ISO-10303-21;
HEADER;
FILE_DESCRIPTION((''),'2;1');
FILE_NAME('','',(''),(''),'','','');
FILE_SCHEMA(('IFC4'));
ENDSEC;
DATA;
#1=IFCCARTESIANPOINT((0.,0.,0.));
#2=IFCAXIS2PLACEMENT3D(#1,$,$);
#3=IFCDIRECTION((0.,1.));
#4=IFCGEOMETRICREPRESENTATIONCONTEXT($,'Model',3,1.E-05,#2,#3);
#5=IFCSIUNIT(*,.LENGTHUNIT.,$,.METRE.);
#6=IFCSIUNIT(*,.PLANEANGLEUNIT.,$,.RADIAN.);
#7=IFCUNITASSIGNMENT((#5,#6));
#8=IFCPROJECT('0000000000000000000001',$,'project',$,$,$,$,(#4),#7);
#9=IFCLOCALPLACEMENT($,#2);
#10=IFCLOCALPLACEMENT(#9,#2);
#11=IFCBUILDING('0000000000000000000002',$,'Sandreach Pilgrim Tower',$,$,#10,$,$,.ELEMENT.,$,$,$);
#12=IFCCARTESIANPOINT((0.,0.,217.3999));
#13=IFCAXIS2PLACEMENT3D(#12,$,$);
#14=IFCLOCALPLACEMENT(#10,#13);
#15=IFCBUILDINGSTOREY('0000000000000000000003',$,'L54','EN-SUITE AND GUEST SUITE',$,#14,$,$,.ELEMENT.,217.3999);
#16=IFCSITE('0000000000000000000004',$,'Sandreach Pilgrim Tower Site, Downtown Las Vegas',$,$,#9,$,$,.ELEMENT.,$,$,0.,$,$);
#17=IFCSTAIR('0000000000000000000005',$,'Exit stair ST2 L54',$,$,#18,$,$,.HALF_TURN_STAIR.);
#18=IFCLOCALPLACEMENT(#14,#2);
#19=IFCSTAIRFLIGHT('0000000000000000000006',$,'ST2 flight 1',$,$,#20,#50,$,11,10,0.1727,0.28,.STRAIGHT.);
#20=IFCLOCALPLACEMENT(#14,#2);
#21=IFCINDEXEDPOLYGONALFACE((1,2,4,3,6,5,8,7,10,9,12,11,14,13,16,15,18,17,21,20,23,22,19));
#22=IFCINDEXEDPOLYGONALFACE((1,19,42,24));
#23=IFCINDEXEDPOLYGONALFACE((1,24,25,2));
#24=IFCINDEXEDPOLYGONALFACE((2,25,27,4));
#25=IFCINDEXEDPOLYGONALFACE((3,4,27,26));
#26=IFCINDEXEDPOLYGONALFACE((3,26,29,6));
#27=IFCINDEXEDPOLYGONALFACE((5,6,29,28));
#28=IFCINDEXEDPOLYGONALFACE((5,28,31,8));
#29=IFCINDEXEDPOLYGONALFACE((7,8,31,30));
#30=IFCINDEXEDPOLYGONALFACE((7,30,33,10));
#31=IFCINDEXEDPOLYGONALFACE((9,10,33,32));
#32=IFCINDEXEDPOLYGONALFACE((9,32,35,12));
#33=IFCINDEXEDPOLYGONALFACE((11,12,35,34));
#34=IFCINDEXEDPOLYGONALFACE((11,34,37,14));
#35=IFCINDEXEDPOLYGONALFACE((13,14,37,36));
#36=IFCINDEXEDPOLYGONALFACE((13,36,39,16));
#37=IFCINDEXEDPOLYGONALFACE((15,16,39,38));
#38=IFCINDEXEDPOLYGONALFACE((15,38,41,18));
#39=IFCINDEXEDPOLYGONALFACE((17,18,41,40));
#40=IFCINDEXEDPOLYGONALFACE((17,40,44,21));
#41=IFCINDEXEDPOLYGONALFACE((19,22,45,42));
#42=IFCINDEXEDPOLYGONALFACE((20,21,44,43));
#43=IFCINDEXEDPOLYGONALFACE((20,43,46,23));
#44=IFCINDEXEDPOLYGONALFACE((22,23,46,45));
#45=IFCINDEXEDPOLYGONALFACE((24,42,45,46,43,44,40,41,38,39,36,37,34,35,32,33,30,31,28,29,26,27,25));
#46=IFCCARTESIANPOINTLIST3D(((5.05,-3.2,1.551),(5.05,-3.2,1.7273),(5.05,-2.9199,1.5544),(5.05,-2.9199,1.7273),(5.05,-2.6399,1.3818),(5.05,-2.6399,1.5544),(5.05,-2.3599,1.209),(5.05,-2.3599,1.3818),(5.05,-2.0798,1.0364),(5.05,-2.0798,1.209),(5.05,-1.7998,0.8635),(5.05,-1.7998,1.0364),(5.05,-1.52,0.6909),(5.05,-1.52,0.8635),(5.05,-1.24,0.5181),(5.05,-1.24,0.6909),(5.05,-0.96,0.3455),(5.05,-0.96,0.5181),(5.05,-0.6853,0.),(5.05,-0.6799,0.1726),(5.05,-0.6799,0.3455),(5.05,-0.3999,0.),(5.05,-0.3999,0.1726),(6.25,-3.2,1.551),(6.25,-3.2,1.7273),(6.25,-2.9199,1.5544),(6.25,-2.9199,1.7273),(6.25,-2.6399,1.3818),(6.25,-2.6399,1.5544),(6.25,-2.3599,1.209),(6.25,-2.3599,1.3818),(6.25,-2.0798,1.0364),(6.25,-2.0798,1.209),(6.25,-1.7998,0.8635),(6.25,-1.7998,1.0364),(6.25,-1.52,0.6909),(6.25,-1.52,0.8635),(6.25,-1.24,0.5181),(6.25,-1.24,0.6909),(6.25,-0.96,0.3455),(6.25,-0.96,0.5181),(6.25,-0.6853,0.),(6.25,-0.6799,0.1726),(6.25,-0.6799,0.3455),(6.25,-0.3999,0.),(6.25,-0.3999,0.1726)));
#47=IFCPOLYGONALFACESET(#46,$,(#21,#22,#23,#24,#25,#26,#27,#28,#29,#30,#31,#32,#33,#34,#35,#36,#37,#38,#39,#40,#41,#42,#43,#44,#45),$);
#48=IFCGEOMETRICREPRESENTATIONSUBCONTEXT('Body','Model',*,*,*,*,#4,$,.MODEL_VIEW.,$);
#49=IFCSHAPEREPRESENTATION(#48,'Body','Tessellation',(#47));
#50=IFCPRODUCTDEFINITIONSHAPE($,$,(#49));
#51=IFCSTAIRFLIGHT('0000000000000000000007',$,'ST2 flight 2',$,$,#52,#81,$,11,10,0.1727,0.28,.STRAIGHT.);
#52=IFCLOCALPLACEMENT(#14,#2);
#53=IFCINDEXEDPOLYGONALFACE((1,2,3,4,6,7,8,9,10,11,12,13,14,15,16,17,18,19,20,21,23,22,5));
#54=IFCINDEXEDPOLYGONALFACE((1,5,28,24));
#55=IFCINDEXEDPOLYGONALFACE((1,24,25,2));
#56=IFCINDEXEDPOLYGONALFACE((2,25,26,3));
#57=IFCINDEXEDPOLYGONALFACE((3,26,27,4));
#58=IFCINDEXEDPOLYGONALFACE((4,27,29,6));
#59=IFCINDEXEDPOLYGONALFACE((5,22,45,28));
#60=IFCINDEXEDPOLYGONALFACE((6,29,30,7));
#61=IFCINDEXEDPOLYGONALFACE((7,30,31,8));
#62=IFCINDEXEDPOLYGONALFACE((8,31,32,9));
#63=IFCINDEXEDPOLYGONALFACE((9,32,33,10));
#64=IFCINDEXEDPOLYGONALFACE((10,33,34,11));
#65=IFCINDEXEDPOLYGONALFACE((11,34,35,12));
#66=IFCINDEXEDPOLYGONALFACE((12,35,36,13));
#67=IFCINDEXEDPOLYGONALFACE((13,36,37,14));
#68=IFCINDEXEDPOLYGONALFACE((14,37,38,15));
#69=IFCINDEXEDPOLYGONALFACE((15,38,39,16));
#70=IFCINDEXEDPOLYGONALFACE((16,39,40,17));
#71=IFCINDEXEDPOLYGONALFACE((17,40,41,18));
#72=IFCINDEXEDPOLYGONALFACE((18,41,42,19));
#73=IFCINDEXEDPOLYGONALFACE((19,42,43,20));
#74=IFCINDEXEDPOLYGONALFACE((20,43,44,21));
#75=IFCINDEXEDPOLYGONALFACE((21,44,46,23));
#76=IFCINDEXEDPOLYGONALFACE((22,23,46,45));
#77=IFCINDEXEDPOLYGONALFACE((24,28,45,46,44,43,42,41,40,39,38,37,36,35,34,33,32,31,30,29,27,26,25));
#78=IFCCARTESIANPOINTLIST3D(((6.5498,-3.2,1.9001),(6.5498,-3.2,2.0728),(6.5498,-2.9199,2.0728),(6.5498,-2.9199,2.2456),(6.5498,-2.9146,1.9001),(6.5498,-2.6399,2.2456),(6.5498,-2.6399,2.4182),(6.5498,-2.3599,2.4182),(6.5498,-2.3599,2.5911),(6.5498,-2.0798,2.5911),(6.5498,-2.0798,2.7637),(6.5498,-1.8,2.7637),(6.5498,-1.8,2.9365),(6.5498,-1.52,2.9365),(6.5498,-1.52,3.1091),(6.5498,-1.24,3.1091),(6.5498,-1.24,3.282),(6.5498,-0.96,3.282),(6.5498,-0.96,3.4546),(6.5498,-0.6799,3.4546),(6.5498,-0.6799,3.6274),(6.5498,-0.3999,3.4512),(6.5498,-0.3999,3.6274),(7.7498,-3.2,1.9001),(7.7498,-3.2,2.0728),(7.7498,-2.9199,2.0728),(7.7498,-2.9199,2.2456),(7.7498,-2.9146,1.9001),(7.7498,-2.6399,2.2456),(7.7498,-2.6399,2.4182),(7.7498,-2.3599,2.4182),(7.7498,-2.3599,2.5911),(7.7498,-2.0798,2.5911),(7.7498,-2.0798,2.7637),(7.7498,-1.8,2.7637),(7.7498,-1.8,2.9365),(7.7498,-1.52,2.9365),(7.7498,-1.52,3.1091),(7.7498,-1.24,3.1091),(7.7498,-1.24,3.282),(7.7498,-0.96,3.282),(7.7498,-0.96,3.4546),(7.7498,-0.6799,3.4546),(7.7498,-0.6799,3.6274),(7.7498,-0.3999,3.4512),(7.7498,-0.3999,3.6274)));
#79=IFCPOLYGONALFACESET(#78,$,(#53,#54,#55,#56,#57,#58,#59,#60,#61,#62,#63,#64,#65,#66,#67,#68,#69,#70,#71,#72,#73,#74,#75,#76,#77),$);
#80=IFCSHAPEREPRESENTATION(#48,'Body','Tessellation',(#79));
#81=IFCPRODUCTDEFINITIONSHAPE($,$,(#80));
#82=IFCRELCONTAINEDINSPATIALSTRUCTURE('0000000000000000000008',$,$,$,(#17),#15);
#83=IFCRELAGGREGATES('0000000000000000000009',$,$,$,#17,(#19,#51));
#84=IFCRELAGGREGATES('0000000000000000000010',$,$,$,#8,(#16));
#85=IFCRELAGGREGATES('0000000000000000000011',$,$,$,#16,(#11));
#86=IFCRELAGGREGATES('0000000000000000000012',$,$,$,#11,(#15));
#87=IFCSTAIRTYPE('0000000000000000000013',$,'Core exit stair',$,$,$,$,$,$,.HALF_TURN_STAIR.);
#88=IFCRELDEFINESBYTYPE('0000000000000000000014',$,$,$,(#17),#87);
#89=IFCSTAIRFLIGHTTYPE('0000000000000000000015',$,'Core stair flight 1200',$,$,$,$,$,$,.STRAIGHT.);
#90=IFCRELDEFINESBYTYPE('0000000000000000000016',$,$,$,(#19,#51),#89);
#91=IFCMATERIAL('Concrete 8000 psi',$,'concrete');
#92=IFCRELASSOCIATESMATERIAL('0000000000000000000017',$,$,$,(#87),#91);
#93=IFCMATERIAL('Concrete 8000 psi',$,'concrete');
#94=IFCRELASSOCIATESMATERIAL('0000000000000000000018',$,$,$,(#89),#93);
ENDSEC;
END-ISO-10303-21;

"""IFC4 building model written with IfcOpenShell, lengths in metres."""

from ifc_helpers import new_model, si_unit, direction, frame, origin, place, context, subcontext, project, spatial, polyline, outline, extrude, material, type_object, element, aggregate, save


model = new_model("IFC4")

# Units and contexts
model_context = context("Model", 3, precision=1e-05, world=origin(), true_north=direction((0.0, 1.0)))
body_context = subcontext(model_context, "Body", "Model", "MODEL_VIEW")
ifc_project = project(units=[si_unit("LENGTHUNIT", "METRE"), si_unit("PLANEANGLEUNIT", "RADIAN")], contexts=[model_context])

# Site, building, storey
site_placement = place(None, origin())
site = spatial("IfcSite", under=ifc_project, at=site_placement, Name="Sandreach Pilgrim Tower Site, Downtown Las Vegas", CompositionType="ELEMENT", RefElevation=0.0)
building_placement = place(site_placement, origin())
building = spatial("IfcBuilding", under=site, at=building_placement, Name="Sandreach Pilgrim Tower", CompositionType="ELEMENT")
storey_placement = place(building_placement, frame((0.0, 0.0, 217.3999)))
storey = spatial("IfcBuildingStorey", under=building, at=storey_placement, Name="L54", Description="EN-SUITE AND GUEST SUITE", CompositionType="ELEMENT", Elevation=217.3999)

# Stair, stair flights
ifc_material_1 = material(Name="Concrete 8000 psi", Category="concrete")
stair_type = type_object("IfcStairType", Name="Core exit stair", PredefinedType="HALF_TURN_STAIR", material=ifc_material_1)
stair_placement = place(storey_placement, origin())
stair = element("IfcStair", 1, at=stair_placement, inside=storey, type_object=stair_type, Name="Exit stair ST2 L54", PredefinedType="HALF_TURN_STAIR")
ifc_material_2 = material(Name="Concrete 8000 psi", Category="concrete")
stair_flight_type = type_object("IfcStairFlightType", Name="Core stair flight 1200", PredefinedType="STRAIGHT", material=ifc_material_2)
stair_flight_1_placement = place(storey_placement, frame((5.6499, -0.3999, 0.0), z_axis=(0.0, 0.0, 1.0), x_axis=(0.0, -1.0, 0.0)))
stair_flight_1 = element("IfcStairFlight", 2, at=stair_flight_1_placement, type_object=stair_flight_type, Name="ST2 flight 1", NumberOfRisers=11, NumberOfTreads=10, PredefinedType="STRAIGHT", RiserHeight=0.1727, TreadLength=0.28, context=body_context, shape_type="SweptSolid", body=[
    extrude(outline(polyline([(0.0, 0.0), (0.0, 0.1726), (0.28, 0.1726), (0.28, 0.3455), (0.5601, 0.3455), (0.5601, 0.5181), (0.8401, 0.5181), (0.8401, 0.6909), (1.1201, 0.6909), (1.1201, 0.8635), (1.3999, 0.8635), (1.3999, 1.0364), (1.6799, 1.0364), (1.6799, 1.209), (1.96, 1.209), (1.96, 1.3818), (2.24, 1.3818), (2.24, 1.5544), (2.52, 1.5544), (2.52, 1.7273), (2.8, 1.7273), (2.8, 1.8999), (2.8, 1.551), (0.2854, 0.0), (0.0, 0.0)])), frame((0.0, 0.6001, 0.0), z_axis=(0.0, -1.0, 0.0), x_axis=(1.0, 0.0, 0.0)), (0.0, 0.0, 1.0), 1.2),
])
stair_flight_2_placement = place(storey_placement, frame((7.1499, -3.2, 1.9001), z_axis=(0.0, 0.0, 1.0), x_axis=(0.0, 1.0, 0.0)))
stair_flight_2 = element("IfcStairFlight", 3, at=stair_flight_2_placement, type_object=stair_flight_type, Name="ST2 flight 2", NumberOfRisers=11, NumberOfTreads=10, PredefinedType="STRAIGHT", RiserHeight=0.1727, TreadLength=0.28, context=body_context, shape_type="SweptSolid", body=[
    extrude(outline(polyline([(0.0, 0.0), (0.0, 0.1726), (0.28, 0.1726), (0.28, 0.3455), (0.5601, 0.3455), (0.5601, 0.5181), (0.8401, 0.5181), (0.8401, 0.6909), (1.1201, 0.6909), (1.1201, 0.8635), (1.3999, 0.8635), (1.3999, 1.0364), (1.6799, 1.0364), (1.6799, 1.209), (1.96, 1.209), (1.96, 1.3818), (2.24, 1.3818), (2.24, 1.5544), (2.52, 1.5544), (2.52, 1.7273), (2.8, 1.7273), (2.8, 1.8999), (2.8, 1.551), (0.2854, 0.0), (0.0, 0.0)])), frame((0.0, 0.6001, 0.0), z_axis=(0.0, -1.0, 0.0), x_axis=(1.0, 0.0, 0.0)), (0.0, 0.0, 1.0), 1.2),
])
aggregate(stair, [stair_flight_1, stair_flight_2])

save(model, "model.ifc")
